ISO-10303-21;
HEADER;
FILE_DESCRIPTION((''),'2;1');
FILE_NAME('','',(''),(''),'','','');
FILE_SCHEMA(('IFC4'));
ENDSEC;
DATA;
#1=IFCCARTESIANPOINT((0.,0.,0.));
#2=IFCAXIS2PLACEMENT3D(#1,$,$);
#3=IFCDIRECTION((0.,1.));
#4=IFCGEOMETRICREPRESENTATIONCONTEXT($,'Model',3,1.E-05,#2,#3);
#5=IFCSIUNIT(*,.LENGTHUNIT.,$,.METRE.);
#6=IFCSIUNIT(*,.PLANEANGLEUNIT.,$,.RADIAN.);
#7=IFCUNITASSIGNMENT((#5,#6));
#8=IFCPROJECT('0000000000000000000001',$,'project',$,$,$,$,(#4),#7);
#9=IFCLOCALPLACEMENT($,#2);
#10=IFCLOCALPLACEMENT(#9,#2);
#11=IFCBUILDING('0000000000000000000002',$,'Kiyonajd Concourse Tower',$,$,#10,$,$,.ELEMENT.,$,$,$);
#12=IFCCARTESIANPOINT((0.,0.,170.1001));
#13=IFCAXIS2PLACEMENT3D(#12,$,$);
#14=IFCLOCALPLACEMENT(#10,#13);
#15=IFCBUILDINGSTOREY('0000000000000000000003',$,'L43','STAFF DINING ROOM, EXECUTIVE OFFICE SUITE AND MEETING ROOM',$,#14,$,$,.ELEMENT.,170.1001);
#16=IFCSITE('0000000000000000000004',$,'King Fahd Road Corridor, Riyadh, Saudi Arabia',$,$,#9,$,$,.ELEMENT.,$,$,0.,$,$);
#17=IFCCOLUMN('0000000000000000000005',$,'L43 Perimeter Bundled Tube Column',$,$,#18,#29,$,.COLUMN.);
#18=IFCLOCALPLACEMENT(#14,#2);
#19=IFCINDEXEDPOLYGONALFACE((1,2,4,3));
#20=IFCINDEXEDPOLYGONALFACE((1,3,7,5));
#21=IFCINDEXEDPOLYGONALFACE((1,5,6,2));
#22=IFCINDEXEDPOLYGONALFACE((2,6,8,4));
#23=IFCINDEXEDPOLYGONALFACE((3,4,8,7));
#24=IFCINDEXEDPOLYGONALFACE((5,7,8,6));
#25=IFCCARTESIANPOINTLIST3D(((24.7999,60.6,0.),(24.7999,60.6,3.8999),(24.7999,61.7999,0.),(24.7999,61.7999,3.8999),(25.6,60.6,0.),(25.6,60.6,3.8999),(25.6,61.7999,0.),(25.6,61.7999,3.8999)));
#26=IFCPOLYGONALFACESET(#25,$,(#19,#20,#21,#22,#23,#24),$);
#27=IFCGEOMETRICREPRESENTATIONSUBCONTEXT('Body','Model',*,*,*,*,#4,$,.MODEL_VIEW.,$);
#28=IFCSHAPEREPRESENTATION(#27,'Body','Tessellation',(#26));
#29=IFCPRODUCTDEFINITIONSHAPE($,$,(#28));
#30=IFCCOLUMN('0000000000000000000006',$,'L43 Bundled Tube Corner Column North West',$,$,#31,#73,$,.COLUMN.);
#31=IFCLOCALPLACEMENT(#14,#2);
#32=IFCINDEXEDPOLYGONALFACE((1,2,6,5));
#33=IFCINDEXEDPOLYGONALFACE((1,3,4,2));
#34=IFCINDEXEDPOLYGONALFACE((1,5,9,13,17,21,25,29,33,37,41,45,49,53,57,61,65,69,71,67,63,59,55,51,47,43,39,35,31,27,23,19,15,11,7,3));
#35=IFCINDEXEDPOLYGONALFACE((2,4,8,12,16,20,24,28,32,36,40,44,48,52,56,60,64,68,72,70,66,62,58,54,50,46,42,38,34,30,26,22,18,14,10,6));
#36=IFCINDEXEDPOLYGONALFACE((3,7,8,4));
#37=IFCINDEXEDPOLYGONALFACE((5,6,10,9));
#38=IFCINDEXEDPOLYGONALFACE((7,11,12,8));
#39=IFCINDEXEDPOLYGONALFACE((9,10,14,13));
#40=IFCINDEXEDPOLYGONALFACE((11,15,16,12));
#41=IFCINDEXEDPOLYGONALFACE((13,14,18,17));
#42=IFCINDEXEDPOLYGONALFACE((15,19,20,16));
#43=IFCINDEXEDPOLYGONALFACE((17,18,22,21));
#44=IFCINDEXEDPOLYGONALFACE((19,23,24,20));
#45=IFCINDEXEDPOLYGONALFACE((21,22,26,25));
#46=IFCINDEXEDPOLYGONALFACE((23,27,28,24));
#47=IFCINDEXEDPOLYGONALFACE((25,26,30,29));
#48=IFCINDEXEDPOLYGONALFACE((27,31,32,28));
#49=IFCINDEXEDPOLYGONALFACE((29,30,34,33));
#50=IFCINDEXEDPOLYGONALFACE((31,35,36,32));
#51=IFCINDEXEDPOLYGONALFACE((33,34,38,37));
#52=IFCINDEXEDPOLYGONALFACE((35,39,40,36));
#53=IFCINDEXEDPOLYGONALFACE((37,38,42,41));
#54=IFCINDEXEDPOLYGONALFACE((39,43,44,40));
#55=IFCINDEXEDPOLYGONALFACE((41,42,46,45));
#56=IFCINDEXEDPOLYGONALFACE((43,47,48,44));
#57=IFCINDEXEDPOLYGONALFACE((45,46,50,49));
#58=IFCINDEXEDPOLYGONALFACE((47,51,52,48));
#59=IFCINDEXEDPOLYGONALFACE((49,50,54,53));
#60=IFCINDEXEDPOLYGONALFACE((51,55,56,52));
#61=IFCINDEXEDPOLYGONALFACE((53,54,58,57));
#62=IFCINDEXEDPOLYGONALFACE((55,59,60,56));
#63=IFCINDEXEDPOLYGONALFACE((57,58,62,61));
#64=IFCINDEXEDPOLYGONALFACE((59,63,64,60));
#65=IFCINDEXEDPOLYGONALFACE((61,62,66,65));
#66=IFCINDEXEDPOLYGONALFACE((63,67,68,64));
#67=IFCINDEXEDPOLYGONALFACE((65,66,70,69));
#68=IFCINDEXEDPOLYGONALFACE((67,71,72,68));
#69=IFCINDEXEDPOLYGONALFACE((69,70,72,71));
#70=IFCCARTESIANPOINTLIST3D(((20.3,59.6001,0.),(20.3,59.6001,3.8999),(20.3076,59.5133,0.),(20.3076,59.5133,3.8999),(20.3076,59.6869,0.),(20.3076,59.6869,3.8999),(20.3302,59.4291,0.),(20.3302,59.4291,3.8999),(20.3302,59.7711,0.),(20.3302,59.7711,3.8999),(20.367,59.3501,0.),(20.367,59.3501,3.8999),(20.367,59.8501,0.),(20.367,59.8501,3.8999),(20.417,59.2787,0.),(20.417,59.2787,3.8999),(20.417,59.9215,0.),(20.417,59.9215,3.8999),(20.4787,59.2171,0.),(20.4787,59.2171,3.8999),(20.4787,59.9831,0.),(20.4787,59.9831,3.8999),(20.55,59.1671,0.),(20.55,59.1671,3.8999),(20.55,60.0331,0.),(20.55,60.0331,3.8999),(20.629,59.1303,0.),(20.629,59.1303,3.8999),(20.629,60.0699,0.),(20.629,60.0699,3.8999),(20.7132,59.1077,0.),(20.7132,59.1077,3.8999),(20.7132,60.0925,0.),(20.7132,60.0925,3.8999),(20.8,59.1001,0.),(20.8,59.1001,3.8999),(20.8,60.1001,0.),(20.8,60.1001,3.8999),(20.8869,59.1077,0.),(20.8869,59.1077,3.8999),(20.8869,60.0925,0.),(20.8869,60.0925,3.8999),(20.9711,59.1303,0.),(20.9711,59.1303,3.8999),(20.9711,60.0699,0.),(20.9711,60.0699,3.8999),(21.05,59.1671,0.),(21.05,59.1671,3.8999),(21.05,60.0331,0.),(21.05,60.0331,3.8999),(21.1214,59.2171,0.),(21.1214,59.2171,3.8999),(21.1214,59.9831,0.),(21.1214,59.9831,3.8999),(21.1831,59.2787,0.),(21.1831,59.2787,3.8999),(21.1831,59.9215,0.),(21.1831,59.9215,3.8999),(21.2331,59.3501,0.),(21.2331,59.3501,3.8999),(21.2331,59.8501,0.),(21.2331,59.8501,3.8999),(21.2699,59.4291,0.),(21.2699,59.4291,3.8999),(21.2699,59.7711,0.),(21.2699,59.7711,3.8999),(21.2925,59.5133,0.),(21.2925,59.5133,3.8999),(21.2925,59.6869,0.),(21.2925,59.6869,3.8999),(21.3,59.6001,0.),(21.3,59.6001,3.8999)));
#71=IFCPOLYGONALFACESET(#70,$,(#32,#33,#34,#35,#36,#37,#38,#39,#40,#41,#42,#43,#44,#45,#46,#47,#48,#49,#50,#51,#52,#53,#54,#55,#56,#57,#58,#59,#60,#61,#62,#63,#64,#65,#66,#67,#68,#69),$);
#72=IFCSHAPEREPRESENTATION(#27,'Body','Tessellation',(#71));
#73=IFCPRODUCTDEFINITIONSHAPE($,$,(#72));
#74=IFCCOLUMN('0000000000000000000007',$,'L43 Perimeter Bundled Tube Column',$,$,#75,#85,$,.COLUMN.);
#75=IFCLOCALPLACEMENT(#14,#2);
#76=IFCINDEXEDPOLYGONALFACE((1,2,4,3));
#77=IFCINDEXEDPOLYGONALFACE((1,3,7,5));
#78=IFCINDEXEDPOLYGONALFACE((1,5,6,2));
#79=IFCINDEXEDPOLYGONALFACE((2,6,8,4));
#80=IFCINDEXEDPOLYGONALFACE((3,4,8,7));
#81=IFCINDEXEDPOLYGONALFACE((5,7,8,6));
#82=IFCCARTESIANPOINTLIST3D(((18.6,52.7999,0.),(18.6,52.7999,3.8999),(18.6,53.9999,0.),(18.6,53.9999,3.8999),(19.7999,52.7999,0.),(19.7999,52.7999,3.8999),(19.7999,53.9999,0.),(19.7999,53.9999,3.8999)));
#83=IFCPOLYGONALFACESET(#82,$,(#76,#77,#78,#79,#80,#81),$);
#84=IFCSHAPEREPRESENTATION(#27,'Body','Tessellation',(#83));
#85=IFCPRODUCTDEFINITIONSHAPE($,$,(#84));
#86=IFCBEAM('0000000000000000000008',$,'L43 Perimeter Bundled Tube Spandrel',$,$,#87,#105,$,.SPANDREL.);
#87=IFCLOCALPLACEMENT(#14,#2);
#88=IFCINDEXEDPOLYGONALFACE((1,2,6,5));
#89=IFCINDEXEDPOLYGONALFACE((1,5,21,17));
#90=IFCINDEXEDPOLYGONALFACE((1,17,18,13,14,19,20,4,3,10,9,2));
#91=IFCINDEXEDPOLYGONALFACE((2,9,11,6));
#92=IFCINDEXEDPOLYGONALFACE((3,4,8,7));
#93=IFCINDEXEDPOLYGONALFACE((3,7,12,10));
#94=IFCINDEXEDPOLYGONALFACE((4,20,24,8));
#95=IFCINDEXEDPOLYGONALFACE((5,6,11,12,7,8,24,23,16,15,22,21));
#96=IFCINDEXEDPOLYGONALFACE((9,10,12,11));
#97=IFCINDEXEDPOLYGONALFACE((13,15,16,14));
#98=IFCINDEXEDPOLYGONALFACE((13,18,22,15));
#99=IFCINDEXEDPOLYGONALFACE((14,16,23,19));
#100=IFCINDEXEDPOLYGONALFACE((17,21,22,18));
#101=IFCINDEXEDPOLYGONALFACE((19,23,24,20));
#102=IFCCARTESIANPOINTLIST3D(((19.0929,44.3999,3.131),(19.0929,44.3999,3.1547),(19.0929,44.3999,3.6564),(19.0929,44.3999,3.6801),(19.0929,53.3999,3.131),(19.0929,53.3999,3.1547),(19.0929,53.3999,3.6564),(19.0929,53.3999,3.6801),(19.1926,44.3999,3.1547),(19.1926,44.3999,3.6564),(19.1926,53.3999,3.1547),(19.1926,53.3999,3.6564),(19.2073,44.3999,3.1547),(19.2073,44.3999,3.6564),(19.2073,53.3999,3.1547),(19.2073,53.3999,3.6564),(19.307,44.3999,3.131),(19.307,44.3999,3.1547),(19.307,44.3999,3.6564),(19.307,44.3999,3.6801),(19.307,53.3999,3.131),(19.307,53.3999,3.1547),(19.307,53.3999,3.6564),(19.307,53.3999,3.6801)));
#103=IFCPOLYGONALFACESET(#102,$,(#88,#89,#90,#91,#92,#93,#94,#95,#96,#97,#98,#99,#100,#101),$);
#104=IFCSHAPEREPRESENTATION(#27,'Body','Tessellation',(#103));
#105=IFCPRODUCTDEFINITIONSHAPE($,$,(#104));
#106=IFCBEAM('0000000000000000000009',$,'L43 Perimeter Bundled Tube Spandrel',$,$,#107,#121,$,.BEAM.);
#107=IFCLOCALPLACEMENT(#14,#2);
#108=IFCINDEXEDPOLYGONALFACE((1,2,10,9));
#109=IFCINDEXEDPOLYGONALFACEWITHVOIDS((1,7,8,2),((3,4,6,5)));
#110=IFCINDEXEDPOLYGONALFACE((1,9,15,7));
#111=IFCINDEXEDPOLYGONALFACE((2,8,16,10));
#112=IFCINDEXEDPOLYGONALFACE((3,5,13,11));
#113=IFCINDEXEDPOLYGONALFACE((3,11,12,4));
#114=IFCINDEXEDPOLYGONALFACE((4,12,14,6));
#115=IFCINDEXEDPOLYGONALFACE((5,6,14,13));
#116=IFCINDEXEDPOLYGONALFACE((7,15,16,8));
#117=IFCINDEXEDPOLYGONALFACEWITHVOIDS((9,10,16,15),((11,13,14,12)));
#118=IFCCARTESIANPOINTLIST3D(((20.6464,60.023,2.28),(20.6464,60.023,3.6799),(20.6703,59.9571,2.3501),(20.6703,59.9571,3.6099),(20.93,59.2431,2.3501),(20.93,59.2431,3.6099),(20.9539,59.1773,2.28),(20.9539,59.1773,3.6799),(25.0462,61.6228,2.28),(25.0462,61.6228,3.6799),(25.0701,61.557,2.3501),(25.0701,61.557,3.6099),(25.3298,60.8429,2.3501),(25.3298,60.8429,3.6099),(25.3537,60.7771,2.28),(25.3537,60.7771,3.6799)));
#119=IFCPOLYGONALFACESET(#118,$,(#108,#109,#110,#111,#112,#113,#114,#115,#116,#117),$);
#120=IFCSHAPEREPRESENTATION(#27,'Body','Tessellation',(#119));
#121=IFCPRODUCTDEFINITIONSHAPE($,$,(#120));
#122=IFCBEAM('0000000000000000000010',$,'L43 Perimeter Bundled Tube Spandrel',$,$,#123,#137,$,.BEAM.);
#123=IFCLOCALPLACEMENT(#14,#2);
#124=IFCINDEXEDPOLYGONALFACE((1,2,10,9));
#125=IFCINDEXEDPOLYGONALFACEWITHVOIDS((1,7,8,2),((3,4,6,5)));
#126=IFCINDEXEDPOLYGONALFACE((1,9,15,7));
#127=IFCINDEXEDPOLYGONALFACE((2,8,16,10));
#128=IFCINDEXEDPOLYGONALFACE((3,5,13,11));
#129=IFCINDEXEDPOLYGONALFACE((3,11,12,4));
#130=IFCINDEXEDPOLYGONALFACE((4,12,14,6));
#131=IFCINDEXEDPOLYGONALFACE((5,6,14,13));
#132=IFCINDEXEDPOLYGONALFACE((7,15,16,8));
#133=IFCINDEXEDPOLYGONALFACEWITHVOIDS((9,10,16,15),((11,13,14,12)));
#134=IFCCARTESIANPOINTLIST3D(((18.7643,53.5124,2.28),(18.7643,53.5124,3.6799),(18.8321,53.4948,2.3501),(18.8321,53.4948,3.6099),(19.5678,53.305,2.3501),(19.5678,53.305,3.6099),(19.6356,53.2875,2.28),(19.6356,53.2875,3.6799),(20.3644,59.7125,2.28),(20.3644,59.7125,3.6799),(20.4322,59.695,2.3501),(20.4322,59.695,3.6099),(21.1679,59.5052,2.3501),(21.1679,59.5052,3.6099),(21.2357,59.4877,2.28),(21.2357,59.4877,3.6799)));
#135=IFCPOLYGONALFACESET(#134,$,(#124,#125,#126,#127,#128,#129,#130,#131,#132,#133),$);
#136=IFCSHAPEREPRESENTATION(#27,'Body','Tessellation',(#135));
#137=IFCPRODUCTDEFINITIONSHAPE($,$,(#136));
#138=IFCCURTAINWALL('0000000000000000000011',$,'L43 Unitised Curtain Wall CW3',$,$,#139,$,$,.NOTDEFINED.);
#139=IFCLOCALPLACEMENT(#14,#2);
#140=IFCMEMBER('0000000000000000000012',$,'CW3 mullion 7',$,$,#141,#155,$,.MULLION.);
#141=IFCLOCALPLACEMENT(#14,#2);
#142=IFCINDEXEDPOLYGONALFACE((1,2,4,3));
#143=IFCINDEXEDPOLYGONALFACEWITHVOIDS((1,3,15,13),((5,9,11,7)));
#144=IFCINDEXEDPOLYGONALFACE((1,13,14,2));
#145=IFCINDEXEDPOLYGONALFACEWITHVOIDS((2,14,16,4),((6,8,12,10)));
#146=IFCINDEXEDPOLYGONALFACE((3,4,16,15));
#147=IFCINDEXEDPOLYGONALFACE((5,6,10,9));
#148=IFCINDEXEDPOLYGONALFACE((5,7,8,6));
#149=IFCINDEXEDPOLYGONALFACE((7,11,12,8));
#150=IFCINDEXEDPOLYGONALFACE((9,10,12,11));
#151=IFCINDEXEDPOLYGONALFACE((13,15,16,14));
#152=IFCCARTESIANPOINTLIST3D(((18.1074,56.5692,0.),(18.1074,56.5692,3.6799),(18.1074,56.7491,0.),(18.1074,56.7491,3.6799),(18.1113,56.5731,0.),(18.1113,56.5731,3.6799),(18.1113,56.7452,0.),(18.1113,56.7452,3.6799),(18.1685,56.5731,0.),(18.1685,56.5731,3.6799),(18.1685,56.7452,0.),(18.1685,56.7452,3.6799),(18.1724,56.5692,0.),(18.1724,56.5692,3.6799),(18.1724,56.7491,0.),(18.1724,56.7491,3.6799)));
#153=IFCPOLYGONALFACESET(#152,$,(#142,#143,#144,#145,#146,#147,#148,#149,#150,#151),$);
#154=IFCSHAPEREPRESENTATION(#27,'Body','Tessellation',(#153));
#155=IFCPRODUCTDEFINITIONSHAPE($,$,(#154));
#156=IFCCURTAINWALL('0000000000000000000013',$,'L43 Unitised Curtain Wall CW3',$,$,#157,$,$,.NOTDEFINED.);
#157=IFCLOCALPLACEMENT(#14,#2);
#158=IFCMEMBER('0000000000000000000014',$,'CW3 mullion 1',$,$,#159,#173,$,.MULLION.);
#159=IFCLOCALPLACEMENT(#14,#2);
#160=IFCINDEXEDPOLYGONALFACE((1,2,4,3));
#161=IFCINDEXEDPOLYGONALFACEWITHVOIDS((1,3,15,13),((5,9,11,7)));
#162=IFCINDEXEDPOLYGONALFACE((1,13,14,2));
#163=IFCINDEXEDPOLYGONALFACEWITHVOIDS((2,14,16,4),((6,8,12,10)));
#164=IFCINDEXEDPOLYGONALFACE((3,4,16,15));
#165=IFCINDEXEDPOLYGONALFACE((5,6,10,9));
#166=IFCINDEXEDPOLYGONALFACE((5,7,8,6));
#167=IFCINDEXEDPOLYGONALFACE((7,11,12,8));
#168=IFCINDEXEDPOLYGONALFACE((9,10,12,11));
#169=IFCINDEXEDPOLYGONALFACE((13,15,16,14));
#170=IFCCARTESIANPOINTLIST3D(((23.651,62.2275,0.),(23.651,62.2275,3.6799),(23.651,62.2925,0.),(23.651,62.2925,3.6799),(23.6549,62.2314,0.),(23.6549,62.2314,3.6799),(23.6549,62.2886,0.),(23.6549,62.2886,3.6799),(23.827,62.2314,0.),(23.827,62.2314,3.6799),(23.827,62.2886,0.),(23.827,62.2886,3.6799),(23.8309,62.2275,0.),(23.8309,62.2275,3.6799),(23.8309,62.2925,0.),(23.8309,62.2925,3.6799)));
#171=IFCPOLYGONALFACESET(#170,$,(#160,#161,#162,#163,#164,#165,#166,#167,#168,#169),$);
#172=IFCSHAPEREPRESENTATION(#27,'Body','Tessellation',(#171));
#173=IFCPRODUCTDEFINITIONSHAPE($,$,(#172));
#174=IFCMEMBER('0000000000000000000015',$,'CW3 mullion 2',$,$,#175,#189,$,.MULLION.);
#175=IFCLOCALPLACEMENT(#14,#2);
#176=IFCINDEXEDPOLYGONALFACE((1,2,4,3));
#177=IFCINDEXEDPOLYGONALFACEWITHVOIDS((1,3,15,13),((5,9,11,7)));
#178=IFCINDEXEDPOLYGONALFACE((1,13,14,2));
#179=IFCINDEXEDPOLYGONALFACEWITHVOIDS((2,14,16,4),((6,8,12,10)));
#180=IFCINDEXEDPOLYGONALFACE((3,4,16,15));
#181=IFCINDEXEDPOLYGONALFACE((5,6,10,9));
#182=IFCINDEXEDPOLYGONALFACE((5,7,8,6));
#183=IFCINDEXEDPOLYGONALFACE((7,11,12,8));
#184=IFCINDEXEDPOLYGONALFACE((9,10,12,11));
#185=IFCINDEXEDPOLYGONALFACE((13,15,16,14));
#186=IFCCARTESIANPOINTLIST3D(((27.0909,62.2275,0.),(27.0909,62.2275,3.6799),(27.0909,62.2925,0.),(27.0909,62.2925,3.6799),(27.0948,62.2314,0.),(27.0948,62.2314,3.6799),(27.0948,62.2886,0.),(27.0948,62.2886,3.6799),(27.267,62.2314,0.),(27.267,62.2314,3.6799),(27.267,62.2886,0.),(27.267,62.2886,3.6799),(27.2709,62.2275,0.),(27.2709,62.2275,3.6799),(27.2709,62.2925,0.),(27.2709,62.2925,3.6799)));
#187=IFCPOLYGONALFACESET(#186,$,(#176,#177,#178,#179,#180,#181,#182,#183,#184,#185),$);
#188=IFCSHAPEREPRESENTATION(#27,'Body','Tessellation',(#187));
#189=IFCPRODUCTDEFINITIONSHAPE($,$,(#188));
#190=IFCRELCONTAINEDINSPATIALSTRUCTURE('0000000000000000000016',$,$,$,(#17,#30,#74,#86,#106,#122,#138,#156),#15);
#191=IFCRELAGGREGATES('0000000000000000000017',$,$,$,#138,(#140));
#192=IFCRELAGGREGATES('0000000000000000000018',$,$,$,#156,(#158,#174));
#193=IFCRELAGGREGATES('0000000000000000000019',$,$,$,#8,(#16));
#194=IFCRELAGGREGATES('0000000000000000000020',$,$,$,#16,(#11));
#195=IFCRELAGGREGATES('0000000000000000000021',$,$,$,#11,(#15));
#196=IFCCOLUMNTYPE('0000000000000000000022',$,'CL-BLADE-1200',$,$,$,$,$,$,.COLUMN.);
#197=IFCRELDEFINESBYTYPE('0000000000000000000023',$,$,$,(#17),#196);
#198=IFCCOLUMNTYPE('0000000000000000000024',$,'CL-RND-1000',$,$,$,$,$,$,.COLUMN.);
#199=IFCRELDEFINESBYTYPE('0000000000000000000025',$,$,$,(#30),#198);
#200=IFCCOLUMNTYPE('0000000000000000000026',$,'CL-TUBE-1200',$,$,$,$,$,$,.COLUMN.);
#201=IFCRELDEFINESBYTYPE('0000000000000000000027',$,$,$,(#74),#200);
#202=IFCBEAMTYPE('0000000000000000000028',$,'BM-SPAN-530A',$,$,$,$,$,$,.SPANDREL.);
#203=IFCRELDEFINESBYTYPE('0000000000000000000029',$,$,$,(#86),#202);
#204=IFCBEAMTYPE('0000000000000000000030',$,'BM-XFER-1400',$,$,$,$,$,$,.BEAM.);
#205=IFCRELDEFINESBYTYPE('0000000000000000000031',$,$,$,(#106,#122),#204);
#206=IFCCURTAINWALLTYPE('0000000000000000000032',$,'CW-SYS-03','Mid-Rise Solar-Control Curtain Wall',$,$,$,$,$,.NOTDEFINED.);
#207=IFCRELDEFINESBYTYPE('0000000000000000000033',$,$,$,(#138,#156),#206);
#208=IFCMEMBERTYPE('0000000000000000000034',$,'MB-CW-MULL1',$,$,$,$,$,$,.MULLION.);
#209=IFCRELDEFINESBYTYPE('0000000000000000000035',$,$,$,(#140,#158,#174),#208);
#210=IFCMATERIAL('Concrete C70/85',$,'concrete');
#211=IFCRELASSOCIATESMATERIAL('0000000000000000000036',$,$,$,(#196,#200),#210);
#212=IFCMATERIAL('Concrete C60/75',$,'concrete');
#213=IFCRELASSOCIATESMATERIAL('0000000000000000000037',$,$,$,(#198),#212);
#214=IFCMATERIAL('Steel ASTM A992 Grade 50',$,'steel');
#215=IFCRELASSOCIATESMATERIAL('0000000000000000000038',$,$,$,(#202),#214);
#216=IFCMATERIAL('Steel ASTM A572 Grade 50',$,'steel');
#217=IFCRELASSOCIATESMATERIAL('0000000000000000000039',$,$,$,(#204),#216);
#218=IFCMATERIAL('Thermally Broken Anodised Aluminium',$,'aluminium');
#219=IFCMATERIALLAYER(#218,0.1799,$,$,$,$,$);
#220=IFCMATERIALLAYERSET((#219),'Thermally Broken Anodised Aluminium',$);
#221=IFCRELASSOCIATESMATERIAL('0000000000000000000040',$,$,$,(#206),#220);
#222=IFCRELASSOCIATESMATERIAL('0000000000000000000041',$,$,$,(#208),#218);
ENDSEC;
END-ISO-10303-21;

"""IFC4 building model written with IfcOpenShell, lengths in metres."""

from ifc_helpers import new_model, si_unit, direction, frame, origin, origin_2d, place, context, subcontext, project, spatial, rectangle, hollow_rectangle, circle, i_section, extrude, material, layer, layer_set, material_profile, profile_set, type_object, element, aggregate, save


model = new_model("IFC4")

# Units and contexts
model_context = context("Model", 3, precision=1e-05, world=origin(), true_north=direction((0.0, 1.0)))
body_context = subcontext(model_context, "Body", "Model", "MODEL_VIEW")
ifc_project = project(units=[si_unit("LENGTHUNIT", "METRE"), si_unit("PLANEANGLEUNIT", "RADIAN")], contexts=[model_context])

# Site, building, storey
site_placement = place(None, origin())
site = spatial("IfcSite", under=ifc_project, at=site_placement, Name="King Fahd Road Corridor, Riyadh, Saudi Arabia", CompositionType="ELEMENT", RefElevation=0.0)
building_placement = place(site_placement, origin())
building = spatial("IfcBuilding", under=site, at=building_placement, Name="Kiyonajd Concourse Tower", CompositionType="ELEMENT")
storey_placement = place(building_placement, frame((0.0, 0.0, 170.1001)))
storey = spatial("IfcBuildingStorey", under=building, at=storey_placement, Name="L43", Description="STAFF DINING ROOM, EXECUTIVE OFFICE SUITE AND MEETING ROOM", CompositionType="ELEMENT", Elevation=170.1001)

# Columns
ifc_material_1 = material(Name="Concrete C70/85", Category="concrete")
ifc_material_profile_1 = material_profile(ifc_material_1, rectangle(XDim=0.8, YDim=1.2, at=origin_2d()), Name="RC-1200x800")
ifc_profile_set_1 = profile_set([ifc_material_profile_1], Name="Concrete C70/85")
column_type_1 = type_object("IfcColumnType", Name="CL-BLADE-1200", PredefinedType="COLUMN", material=ifc_profile_set_1)
column_1_placement = place(storey_placement, frame((25.2, 61.2, 0.0), z_axis=(0.0, 0.0, 1.0), x_axis=(1.0, 0.0, 0.0)))
element("IfcColumn", 1, at=column_1_placement, inside=storey, type_object=column_type_1, Name="L43 Perimeter Bundled Tube Column", PredefinedType="COLUMN", context=body_context, shape_type="SweptSolid", body=[
    extrude(rectangle(XDim=0.8, YDim=1.2, at=origin_2d()), origin(), (0.0, 0.0, 1.0), 3.8999),
])
ifc_material_2 = material(Name="Concrete C60/75", Category="concrete")
ifc_material_profile_2 = material_profile(ifc_material_2, circle(Radius=0.5, at=origin_2d()), Name="RCC-D1000")
ifc_profile_set_2 = profile_set([ifc_material_profile_2], Name="Concrete C60/75")
column_type_2 = type_object("IfcColumnType", Name="CL-RND-1000", PredefinedType="COLUMN", material=ifc_profile_set_2)
column_2_placement = place(storey_placement, frame((20.8, 59.6001, 0.0), z_axis=(0.0, 0.0, 1.0), x_axis=(1.0, 0.0, 0.0)))
element("IfcColumn", 2, at=column_2_placement, inside=storey, type_object=column_type_2, Name="L43 Bundled Tube Corner Column North West", PredefinedType="COLUMN", context=body_context, shape_type="SweptSolid", body=[
    extrude(circle(Radius=0.5, at=origin_2d()), origin(), (0.0, 0.0, 1.0), 3.8999),
])
ifc_material_profile_3 = material_profile(ifc_material_1, rectangle(XDim=1.2, YDim=1.2, at=origin_2d()), Name="RC-1200x1200")
ifc_profile_set_3 = profile_set([ifc_material_profile_3], Name="Concrete C70/85")
column_type_3 = type_object("IfcColumnType", Name="CL-TUBE-1200", PredefinedType="COLUMN", material=ifc_profile_set_3)
column_3_placement = place(storey_placement, frame((19.2, 53.3999, 0.0), z_axis=(0.0, 0.0, 1.0), x_axis=(1.0, 0.0, 0.0)))
element("IfcColumn", 3, at=column_3_placement, inside=storey, type_object=column_type_3, Name="L43 Perimeter Bundled Tube Column", PredefinedType="COLUMN", context=body_context, shape_type="SweptSolid", body=[
    extrude(rectangle(XDim=1.2, YDim=1.2, at=origin_2d()), origin(), (0.0, 0.0, 1.0), 3.8999),
])

# Beams
ifc_material_3 = material(Name="Steel ASTM A992 Grade 50", Category="steel")
ifc_material_profile_4 = material_profile(ifc_material_3, i_section(OverallWidth=0.2141, OverallDepth=0.5491, WebThickness=0.0146, FlangeThickness=0.0237, at=origin_2d()), Name="W530X138")
ifc_profile_set_4 = profile_set([ifc_material_profile_4], Name="Steel ASTM A992 Grade 50")
beam_type_1 = type_object("IfcBeamType", Name="BM-SPAN-530A", PredefinedType="SPANDREL", material=ifc_profile_set_4)
beam_1_placement = place(storey_placement, frame((19.2, 53.3999, 3.4055), z_axis=(0.0, -1.0, 0.0), x_axis=(1.0, 0.0, 0.0)))
element("IfcBeam", 4, at=beam_1_placement, inside=storey, type_object=beam_type_1, Name="L43 Perimeter Bundled Tube Spandrel", PredefinedType="SPANDREL", context=body_context, shape_type="SweptSolid", body=[
    extrude(i_section(OverallWidth=0.2141, OverallDepth=0.5491, WebThickness=0.0146, FlangeThickness=0.0237, at=origin_2d()), origin(), (0.0, 0.0, 1.0), 9.0),
])
ifc_material_4 = material(Name="Steel ASTM A572 Grade 50", Category="steel")
ifc_material_profile_5 = material_profile(ifc_material_4, hollow_rectangle(XDim=0.8999, YDim=1.3999, WallThickness=0.0701, at=origin_2d()), Name="BOX-1400x900x70")
ifc_profile_set_5 = profile_set([ifc_material_profile_5], Name="Steel ASTM A572 Grade 50")
beam_type_2 = type_object("IfcBeamType", Name="BM-XFER-1400", PredefinedType="BEAM", material=ifc_profile_set_5)
beam_2_placement = place(storey_placement, frame((25.2, 61.2, 2.98), z_axis=(-0.939801, -0.341722, 0.0), x_axis=(0.341722, -0.939801, 0.0)))
element("IfcBeam", 5, at=beam_2_placement, inside=storey, type_object=beam_type_2, Name="L43 Perimeter Bundled Tube Spandrel", PredefinedType="BEAM", context=body_context, shape_type="SweptSolid", body=[
    extrude(hollow_rectangle(XDim=0.8999, YDim=1.3999, WallThickness=0.0701, at=origin_2d()), origin(), (0.0, 0.0, 1.0), 4.6816),
])
beam_3_placement = place(storey_placement, frame((20.8, 59.6001, 2.98), z_axis=(-0.249885, -0.968276, 0.0), x_axis=(0.968276, -0.249885, 0.0)))
element("IfcBeam", 6, at=beam_3_placement, inside=storey, type_object=beam_type_2, Name="L43 Perimeter Bundled Tube Spandrel", PredefinedType="BEAM", context=body_context, shape_type="SweptSolid", body=[
    extrude(hollow_rectangle(XDim=0.8999, YDim=1.3999, WallThickness=0.0701, at=origin_2d()), origin(), (0.0, 0.0, 1.0), 6.4033),
])

# Curtain wall, member
ifc_material_5 = material(Name="Thermally Broken Anodised Aluminium", Category="aluminium")
ifc_layer_1 = layer(ifc_material_5, 0.1799)
ifc_layer_set_1 = layer_set([ifc_layer_1], Name="Thermally Broken Anodised Aluminium")
curtain_wall_type = type_object("IfcCurtainWallType", Name="CW-SYS-03", Description="Mid-Rise Solar-Control Curtain Wall", PredefinedType="NOTDEFINED", material=ifc_layer_set_1)
curtain_wall_1_placement = place(storey_placement, origin())
curtain_wall_1 = element("IfcCurtainWall", 7, at=curtain_wall_1_placement, inside=storey, type_object=curtain_wall_type, Name="L43 Unitised Curtain Wall CW3", PredefinedType="NOTDEFINED")
ifc_material_profile_6 = material_profile(ifc_material_5, hollow_rectangle(XDim=0.0649, YDim=0.1799, WallThickness=0.0039, at=origin_2d()), Name="MULL-65x180")
ifc_profile_set_6 = profile_set([ifc_material_profile_6], Name="Thermally Broken Anodised Aluminium")
member_type_1 = type_object("IfcMemberType", Name="MB-CW-MULL1", PredefinedType="MULLION", material=ifc_profile_set_6)
member_1_placement = place(storey_placement, frame((18.1399, 56.6592, 0.0), z_axis=(0.0, 0.0, 1.0), x_axis=(-1.0, 0.0, 0.0)))
member_1 = element("IfcMember", 8, at=member_1_placement, type_object=member_type_1, Name="CW3 mullion 7", PredefinedType="MULLION", context=body_context, shape_type="SweptSolid", body=[
    extrude(hollow_rectangle(XDim=0.0649, YDim=0.1799, WallThickness=0.0039, at=origin_2d()), origin(), (0.0, 0.0, 1.0), 3.6799),
])

# Curtain wall, members
curtain_wall_2_placement = place(storey_placement, origin())
curtain_wall_2 = element("IfcCurtainWall", 9, at=curtain_wall_2_placement, inside=storey, type_object=curtain_wall_type, Name="L43 Unitised Curtain Wall CW3", PredefinedType="NOTDEFINED")
member_2_placement = place(storey_placement, frame((23.741, 62.26, 0.0), z_axis=(0.0, 0.0, 1.0), x_axis=(0.0, 1.0, 0.0)))
member_2 = element("IfcMember", 10, at=member_2_placement, type_object=member_type_1, Name="CW3 mullion 1", PredefinedType="MULLION", context=body_context, shape_type="SweptSolid", body=[
    extrude(hollow_rectangle(XDim=0.0649, YDim=0.1799, WallThickness=0.0039, at=origin_2d()), origin(), (0.0, 0.0, 1.0), 3.6799),
])
member_3_placement = place(storey_placement, frame((27.1809, 62.26, 0.0), z_axis=(0.0, 0.0, 1.0), x_axis=(0.0, 1.0, 0.0)))
member_3 = element("IfcMember", 11, at=member_3_placement, type_object=member_type_1, Name="CW3 mullion 2", PredefinedType="MULLION", context=body_context, shape_type="SweptSolid", body=[
    extrude(hollow_rectangle(XDim=0.0649, YDim=0.1799, WallThickness=0.0039, at=origin_2d()), origin(), (0.0, 0.0, 1.0), 3.6799),
])

aggregate(curtain_wall_1, [member_1])
aggregate(curtain_wall_2, [member_2, member_3])

save(model, "model.ifc")
